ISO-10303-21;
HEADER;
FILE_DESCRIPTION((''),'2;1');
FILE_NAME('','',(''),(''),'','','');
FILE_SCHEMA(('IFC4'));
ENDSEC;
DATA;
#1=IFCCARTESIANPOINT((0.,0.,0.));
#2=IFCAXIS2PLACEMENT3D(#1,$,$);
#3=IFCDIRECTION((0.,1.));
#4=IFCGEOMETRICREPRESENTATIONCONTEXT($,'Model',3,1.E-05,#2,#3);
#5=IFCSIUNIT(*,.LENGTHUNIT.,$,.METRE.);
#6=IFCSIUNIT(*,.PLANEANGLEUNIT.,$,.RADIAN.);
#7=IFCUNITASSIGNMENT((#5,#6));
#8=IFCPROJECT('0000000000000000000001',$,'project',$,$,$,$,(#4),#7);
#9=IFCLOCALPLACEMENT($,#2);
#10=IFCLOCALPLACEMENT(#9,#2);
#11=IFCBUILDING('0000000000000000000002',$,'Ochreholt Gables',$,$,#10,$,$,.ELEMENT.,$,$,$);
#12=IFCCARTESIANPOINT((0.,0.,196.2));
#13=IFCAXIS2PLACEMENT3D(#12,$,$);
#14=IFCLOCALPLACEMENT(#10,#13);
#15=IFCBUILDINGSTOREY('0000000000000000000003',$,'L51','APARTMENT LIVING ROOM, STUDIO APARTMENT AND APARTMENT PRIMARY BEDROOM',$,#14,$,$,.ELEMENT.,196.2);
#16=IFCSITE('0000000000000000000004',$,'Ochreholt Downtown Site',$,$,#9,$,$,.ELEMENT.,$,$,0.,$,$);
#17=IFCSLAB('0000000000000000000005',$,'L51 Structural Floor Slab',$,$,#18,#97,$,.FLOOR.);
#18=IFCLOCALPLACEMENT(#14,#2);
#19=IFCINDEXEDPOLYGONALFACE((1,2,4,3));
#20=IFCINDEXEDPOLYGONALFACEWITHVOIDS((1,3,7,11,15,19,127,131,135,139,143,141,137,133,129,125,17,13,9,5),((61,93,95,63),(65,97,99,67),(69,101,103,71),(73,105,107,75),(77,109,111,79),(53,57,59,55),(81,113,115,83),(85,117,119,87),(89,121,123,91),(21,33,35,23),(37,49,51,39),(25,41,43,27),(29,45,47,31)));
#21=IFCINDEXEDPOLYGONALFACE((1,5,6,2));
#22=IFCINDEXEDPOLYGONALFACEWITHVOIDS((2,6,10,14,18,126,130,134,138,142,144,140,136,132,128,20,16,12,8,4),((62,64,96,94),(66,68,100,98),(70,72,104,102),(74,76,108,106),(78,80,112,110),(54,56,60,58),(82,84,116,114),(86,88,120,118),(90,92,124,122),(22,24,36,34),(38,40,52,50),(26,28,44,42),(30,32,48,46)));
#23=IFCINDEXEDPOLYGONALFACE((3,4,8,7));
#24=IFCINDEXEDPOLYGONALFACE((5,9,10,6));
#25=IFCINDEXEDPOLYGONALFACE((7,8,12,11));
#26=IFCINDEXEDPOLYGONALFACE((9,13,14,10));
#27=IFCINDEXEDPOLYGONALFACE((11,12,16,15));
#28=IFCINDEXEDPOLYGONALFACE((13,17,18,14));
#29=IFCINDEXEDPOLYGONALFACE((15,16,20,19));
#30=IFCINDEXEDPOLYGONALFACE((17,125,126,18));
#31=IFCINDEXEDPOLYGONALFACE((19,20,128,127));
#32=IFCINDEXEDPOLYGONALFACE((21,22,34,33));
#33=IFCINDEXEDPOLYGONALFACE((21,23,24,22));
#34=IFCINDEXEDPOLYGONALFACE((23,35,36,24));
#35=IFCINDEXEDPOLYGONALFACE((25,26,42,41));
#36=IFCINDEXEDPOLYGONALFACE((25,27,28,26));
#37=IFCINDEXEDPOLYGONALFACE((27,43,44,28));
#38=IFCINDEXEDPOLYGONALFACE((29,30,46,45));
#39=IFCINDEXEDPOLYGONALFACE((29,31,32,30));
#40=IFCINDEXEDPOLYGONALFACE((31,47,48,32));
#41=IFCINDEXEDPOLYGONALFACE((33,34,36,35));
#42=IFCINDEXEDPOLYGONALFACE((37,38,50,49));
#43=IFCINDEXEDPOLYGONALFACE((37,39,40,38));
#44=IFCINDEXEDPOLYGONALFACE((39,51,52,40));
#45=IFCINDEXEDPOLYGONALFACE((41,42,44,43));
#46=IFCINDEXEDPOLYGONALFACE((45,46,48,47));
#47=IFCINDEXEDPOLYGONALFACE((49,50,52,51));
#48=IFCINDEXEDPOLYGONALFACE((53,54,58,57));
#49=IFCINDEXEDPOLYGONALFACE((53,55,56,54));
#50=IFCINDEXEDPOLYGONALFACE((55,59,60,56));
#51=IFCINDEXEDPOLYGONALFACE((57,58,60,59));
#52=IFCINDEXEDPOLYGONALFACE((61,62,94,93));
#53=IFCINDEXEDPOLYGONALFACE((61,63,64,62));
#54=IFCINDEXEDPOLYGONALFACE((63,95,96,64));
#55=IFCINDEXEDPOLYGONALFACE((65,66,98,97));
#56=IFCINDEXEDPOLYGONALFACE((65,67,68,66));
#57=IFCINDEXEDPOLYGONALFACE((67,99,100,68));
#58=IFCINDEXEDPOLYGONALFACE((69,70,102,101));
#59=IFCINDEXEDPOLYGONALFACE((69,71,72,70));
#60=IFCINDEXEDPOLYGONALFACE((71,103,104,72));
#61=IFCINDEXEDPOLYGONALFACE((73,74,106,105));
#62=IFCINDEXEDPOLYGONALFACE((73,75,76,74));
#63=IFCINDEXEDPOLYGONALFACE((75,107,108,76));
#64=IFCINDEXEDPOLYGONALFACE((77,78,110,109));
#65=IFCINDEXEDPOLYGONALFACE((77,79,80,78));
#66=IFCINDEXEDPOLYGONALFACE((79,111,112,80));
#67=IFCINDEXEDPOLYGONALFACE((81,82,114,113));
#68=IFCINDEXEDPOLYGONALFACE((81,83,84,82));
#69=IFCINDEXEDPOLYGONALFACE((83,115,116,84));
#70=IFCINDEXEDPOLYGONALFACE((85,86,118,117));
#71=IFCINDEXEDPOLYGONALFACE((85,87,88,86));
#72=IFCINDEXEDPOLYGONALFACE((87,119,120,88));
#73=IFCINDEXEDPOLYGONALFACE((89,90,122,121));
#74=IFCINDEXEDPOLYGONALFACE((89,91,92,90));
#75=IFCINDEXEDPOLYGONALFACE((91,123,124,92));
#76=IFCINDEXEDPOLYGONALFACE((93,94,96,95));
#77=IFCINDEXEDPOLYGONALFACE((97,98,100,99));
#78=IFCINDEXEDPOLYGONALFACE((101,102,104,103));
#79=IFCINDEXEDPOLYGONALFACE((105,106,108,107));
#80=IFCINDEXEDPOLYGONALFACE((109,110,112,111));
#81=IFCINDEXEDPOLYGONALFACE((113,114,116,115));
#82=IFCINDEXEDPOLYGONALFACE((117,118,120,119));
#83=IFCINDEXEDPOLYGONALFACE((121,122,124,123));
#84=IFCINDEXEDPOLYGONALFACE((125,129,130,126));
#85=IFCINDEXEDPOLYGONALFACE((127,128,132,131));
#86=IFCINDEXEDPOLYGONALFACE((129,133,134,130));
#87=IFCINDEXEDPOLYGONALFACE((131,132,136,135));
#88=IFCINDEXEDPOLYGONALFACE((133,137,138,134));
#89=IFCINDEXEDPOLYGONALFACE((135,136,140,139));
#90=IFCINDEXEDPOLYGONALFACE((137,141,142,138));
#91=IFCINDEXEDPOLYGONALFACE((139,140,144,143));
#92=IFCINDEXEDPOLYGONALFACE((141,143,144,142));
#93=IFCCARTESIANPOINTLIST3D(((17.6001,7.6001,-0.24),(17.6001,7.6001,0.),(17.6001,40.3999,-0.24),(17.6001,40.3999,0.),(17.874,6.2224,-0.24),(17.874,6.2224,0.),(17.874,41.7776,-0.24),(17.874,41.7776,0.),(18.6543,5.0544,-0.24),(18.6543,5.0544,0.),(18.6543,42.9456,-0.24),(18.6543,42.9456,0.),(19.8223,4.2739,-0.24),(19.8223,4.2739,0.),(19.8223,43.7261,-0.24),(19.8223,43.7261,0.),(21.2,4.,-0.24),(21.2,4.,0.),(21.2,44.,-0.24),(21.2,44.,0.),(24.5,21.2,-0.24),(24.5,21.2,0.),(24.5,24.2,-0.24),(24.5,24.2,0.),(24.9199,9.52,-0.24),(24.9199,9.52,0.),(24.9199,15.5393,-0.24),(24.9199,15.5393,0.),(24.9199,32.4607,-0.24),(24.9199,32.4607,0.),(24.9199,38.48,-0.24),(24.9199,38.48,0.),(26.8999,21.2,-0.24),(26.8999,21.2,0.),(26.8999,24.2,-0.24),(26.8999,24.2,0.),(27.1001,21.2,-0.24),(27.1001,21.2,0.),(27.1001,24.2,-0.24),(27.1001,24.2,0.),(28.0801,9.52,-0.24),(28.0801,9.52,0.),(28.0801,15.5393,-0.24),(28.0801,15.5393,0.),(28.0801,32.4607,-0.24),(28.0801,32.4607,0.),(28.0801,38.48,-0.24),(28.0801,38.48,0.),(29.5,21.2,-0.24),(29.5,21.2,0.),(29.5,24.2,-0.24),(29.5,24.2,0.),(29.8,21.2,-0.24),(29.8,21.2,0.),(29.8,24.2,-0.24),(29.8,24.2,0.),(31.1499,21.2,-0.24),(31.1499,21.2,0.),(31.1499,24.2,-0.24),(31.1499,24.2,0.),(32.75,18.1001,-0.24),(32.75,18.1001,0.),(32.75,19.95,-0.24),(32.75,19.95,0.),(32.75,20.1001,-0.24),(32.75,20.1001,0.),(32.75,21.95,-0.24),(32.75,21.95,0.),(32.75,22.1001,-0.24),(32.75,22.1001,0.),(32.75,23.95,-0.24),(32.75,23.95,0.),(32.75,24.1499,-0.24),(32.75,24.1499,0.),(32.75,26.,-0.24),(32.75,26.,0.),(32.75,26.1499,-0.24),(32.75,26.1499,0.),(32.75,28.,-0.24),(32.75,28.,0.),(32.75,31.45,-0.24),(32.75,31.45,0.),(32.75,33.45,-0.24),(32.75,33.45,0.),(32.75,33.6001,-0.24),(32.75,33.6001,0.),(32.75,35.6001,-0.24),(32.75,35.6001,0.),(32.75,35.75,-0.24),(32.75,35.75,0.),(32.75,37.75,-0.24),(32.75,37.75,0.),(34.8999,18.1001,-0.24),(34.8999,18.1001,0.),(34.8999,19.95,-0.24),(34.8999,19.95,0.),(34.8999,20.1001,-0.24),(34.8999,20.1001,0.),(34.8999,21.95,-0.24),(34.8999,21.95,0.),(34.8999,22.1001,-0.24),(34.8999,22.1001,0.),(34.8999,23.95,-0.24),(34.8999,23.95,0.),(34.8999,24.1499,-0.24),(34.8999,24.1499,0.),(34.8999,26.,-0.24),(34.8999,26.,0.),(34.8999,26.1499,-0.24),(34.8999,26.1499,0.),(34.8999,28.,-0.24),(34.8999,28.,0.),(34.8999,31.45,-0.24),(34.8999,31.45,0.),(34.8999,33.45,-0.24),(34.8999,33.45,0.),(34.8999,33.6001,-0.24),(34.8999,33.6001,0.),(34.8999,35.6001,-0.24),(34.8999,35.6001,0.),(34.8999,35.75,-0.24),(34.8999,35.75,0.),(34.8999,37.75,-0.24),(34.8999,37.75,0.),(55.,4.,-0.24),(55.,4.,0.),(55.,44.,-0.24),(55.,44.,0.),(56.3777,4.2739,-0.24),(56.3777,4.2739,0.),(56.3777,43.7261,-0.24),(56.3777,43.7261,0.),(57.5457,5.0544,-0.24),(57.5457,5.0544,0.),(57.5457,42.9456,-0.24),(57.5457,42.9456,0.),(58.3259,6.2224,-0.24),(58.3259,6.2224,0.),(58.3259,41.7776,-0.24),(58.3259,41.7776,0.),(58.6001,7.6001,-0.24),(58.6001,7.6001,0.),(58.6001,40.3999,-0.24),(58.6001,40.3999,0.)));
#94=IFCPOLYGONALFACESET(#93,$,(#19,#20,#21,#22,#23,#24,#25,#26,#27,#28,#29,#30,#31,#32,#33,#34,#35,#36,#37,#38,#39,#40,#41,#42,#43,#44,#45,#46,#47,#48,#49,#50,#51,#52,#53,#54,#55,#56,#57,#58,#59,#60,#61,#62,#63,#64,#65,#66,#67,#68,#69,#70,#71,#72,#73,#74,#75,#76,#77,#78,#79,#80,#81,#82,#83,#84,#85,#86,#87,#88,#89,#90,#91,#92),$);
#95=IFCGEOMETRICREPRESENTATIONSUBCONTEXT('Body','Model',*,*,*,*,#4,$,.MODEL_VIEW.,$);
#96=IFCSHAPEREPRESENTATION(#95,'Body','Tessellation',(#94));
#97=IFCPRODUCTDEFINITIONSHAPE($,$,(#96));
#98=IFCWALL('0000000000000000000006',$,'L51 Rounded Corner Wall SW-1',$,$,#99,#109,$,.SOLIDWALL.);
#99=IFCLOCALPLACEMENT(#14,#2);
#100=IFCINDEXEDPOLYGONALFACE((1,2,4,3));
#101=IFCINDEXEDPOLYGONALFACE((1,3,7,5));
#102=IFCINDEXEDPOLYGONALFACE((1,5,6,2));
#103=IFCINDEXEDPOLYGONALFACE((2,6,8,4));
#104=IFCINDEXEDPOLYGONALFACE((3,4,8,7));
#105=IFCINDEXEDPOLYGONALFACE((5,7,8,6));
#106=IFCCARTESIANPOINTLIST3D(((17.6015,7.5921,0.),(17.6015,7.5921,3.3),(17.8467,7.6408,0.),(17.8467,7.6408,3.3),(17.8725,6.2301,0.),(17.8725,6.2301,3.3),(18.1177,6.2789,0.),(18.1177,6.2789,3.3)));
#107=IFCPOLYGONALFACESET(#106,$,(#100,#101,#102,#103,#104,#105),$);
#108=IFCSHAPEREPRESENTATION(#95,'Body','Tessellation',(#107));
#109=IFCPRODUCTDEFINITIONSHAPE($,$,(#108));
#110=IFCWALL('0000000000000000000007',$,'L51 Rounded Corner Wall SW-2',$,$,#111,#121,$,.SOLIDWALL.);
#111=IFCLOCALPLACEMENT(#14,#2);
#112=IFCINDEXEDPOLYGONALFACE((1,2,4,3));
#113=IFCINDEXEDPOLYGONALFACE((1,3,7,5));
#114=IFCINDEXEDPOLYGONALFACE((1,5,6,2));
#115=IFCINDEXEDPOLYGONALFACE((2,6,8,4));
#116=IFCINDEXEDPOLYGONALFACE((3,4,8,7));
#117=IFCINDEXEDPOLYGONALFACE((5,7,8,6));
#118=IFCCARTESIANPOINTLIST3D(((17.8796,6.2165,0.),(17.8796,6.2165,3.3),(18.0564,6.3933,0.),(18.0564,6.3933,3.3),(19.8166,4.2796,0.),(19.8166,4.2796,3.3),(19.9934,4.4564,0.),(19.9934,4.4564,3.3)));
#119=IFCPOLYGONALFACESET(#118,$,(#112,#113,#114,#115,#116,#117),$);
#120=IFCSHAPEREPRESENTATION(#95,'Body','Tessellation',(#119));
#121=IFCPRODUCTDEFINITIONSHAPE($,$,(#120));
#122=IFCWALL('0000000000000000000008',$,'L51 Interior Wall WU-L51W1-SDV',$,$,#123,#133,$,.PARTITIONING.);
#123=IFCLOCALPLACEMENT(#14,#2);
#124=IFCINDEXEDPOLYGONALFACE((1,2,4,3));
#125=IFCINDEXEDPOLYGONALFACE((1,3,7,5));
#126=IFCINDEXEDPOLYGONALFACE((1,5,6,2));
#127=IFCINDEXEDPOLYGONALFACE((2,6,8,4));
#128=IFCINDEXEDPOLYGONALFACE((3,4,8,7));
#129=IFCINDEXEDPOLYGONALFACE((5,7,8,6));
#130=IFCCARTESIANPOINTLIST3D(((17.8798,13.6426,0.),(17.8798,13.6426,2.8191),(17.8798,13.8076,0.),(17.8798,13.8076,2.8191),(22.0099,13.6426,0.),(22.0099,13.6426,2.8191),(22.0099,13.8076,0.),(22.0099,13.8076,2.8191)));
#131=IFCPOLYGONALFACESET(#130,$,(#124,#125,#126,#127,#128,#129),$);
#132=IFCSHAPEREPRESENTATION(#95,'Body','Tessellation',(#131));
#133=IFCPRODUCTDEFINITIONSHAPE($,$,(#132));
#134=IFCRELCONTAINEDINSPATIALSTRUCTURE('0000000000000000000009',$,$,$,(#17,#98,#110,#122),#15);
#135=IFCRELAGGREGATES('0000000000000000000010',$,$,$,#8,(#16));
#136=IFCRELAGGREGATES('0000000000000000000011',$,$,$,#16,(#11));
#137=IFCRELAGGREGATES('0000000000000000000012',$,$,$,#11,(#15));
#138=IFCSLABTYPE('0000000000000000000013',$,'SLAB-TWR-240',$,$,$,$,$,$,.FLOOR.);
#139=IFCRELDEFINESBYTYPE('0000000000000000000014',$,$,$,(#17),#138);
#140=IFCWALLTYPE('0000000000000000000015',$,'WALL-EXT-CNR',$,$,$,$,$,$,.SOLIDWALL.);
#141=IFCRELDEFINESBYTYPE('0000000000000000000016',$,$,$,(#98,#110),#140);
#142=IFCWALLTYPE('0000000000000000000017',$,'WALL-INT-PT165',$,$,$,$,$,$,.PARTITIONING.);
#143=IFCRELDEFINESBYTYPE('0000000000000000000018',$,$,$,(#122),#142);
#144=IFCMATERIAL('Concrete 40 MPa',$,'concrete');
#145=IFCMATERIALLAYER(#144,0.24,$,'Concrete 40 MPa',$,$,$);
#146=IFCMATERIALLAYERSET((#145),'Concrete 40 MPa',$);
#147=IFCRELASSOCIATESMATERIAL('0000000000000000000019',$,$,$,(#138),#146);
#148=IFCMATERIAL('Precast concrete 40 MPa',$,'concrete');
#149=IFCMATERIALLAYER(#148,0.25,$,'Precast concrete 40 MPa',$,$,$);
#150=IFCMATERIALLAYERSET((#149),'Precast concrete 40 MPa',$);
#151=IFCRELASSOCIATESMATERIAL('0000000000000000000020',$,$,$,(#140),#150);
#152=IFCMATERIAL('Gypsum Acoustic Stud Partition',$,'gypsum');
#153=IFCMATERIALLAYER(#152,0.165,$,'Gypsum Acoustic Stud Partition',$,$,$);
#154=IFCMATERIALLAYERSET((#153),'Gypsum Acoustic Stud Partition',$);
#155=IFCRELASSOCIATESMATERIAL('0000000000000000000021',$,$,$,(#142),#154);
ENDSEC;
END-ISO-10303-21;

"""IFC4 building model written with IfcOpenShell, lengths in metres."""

from ifc_helpers import new_model, si_unit, direction, frame, frame_2d, origin, place, context, subcontext, project, spatial, polyline, rectangle, outline, extrude, material, layer, layer_set, type_object, element, save


model = new_model("IFC4")

# Units and contexts
model_context = context("Model", 3, precision=1e-05, world=origin(), true_north=direction((0.0, 1.0)))
body_context = subcontext(model_context, "Body", "Model", "MODEL_VIEW")
ifc_project = project(units=[si_unit("LENGTHUNIT", "METRE"), si_unit("PLANEANGLEUNIT", "RADIAN")], contexts=[model_context])

# Site, building, storey
site_placement = place(None, origin())
site = spatial("IfcSite", under=ifc_project, at=site_placement, Name="Ochreholt Downtown Site", CompositionType="ELEMENT", RefElevation=0.0)
building_placement = place(site_placement, origin())
building = spatial("IfcBuilding", under=site, at=building_placement, Name="Ochreholt Gables", CompositionType="ELEMENT")
storey_placement = place(building_placement, frame((0.0, 0.0, 196.2)))
storey = spatial("IfcBuildingStorey", under=building, at=storey_placement, Name="L51", Description="APARTMENT LIVING ROOM, STUDIO APARTMENT AND APARTMENT PRIMARY BEDROOM", CompositionType="ELEMENT", Elevation=196.2)

# Shared definitions
ifc_material_1 = material(Name="Concrete 40 MPa", Category="concrete")

# Slab
ifc_layer_1 = layer(ifc_material_1, 0.24, Name="Concrete 40 MPa")
ifc_layer_set_1 = layer_set([ifc_layer_1], Name="Concrete 40 MPa")
slab_type_1 = type_object("IfcSlabType", Name="SLAB-TWR-240", PredefinedType="FLOOR", material=ifc_layer_set_1)
slab_1_placement = place(storey_placement, frame((0.0, 0.0, -0.24)))
element("IfcSlab", 1, at=slab_1_placement, inside=storey, type_object=slab_type_1, Name="L51 Structural Floor Slab", PredefinedType="FLOOR", context=body_context, shape_type="SweptSolid", body=[
    extrude(outline(polyline([(17.6001, 7.6001), (17.874, 6.2224), (18.6543, 5.0544), (19.8223, 4.2739), (21.2, 4.0), (55.0, 4.0), (56.3777, 4.2739), (57.5457, 5.0544), (58.3259, 6.2224), (58.6001, 7.6001), (58.6001, 40.3999), (58.3259, 41.7776), (57.5457, 42.9456), (56.3777, 43.7261), (55.0, 44.0), (21.2, 44.0), (19.8223, 43.7261), (18.6543, 42.9456), (17.874, 41.7776), (17.6001, 40.3999), (17.6001, 7.6001)]), holes=[polyline([(24.9199, 15.5393), (24.9199, 9.52), (28.0801, 9.52), (28.0801, 15.5393), (24.9199, 15.5393)]), polyline([(28.0801, 32.4607), (28.0801, 38.48), (24.9199, 38.48), (24.9199, 32.4607), (28.0801, 32.4607)]), polyline([(24.5, 21.2), (26.8999, 21.2), (26.8999, 24.2), (24.5, 24.2), (24.5, 21.2)]), polyline([(27.1001, 21.2), (29.5, 21.2), (29.5, 24.2), (27.1001, 24.2), (27.1001, 21.2)]), polyline([(32.75, 18.1001), (34.8999, 18.1001), (34.8999, 19.95), (32.75, 19.95), (32.75, 18.1001)]), polyline([(32.75, 20.1001), (34.8999, 20.1001), (34.8999, 21.95), (32.75, 21.95), (32.75, 20.1001)]), polyline([(32.75, 22.1001), (34.8999, 22.1001), (34.8999, 23.95), (32.75, 23.95), (32.75, 22.1001)]), polyline([(32.75, 24.1499), (34.8999, 24.1499), (34.8999, 26.0), (32.75, 26.0), (32.75, 24.1499)]), polyline([(32.75, 26.1499), (34.8999, 26.1499), (34.8999, 28.0), (32.75, 28.0), (32.75, 26.1499)]), polyline([(32.75, 31.45), (34.8999, 31.45), (34.8999, 33.45), (32.75, 33.45), (32.75, 31.45)]), polyline([(32.75, 33.6001), (34.8999, 33.6001), (34.8999, 35.6001), (32.75, 35.6001), (32.75, 33.6001)]), polyline([(32.75, 35.75), (34.8999, 35.75), (34.8999, 37.75), (32.75, 37.75), (32.75, 35.75)]), polyline([(29.8, 21.2), (31.1499, 21.2), (31.1499, 24.2), (29.8, 24.2), (29.8, 21.2)])]), origin(), (0.0, 0.0, 1.0), 0.24),
])

# Walls
ifc_material_2 = material(Name="Precast concrete 40 MPa", Category="concrete")
ifc_layer_2 = layer(ifc_material_2, 0.25, Name="Precast concrete 40 MPa")
ifc_layer_set_2 = layer_set([ifc_layer_2], Name="Precast concrete 40 MPa")
wall_type_1 = type_object("IfcWallType", Name="WALL-EXT-CNR", PredefinedType="SOLIDWALL", material=ifc_layer_set_2)
wall_1_placement = place(storey_placement, frame((17.7241, 7.6165, 0.0), z_axis=(0.0, 0.0, 1.0), x_axis=(0.195136, -0.980776, 0.0)))
element("IfcWall", 2, at=wall_1_placement, inside=storey, type_object=wall_type_1, Name="L51 Rounded Corner Wall SW-1", PredefinedType="SOLIDWALL", context=body_context, shape_type="SweptSolid", body=[
    extrude(rectangle(XDim=1.3887, YDim=0.25, at=frame_2d((0.6943, 0.0))), origin(), (0.0, 0.0, 1.0), 3.3),
])
wall_2_placement = place(storey_placement, frame((17.968, 6.3049, 0.0), z_axis=(0.0, 0.0, 1.0), x_axis=(0.707107, -0.707107, 0.0)))
element("IfcWall", 3, at=wall_2_placement, inside=storey, type_object=wall_type_1, Name="L51 Rounded Corner Wall SW-2", PredefinedType="SOLIDWALL", context=body_context, shape_type="SweptSolid", body=[
    extrude(rectangle(XDim=2.7393, YDim=0.25, at=frame_2d((1.3696, 0.0))), origin(), (0.0, 0.0, 1.0), 3.3),
])
ifc_material_3 = material(Name="Gypsum Acoustic Stud Partition", Category="gypsum")
ifc_layer_3 = layer(ifc_material_3, 0.165, Name="Gypsum Acoustic Stud Partition")
ifc_layer_set_3 = layer_set([ifc_layer_3], Name="Gypsum Acoustic Stud Partition")
wall_type_2 = type_object("IfcWallType", Name="WALL-INT-PT165", PredefinedType="PARTITIONING", material=ifc_layer_set_3)
wall_3_placement = place(storey_placement, frame((17.8799, 13.7251, 0.0), z_axis=(0.0, 0.0, 1.0), x_axis=(1.0, 0.0, 0.0)))
element("IfcWall", 4, at=wall_3_placement, inside=storey, type_object=wall_type_2, Name="L51 Interior Wall WU-L51W1-SDV", PredefinedType="PARTITIONING", context=body_context, shape_type="SweptSolid", body=[
    extrude(rectangle(XDim=4.1301, YDim=0.165, at=frame_2d((2.0649, 0.0))), origin(), (0.0, 0.0, 1.0), 2.8191),
])

save(model, "model.ifc")
